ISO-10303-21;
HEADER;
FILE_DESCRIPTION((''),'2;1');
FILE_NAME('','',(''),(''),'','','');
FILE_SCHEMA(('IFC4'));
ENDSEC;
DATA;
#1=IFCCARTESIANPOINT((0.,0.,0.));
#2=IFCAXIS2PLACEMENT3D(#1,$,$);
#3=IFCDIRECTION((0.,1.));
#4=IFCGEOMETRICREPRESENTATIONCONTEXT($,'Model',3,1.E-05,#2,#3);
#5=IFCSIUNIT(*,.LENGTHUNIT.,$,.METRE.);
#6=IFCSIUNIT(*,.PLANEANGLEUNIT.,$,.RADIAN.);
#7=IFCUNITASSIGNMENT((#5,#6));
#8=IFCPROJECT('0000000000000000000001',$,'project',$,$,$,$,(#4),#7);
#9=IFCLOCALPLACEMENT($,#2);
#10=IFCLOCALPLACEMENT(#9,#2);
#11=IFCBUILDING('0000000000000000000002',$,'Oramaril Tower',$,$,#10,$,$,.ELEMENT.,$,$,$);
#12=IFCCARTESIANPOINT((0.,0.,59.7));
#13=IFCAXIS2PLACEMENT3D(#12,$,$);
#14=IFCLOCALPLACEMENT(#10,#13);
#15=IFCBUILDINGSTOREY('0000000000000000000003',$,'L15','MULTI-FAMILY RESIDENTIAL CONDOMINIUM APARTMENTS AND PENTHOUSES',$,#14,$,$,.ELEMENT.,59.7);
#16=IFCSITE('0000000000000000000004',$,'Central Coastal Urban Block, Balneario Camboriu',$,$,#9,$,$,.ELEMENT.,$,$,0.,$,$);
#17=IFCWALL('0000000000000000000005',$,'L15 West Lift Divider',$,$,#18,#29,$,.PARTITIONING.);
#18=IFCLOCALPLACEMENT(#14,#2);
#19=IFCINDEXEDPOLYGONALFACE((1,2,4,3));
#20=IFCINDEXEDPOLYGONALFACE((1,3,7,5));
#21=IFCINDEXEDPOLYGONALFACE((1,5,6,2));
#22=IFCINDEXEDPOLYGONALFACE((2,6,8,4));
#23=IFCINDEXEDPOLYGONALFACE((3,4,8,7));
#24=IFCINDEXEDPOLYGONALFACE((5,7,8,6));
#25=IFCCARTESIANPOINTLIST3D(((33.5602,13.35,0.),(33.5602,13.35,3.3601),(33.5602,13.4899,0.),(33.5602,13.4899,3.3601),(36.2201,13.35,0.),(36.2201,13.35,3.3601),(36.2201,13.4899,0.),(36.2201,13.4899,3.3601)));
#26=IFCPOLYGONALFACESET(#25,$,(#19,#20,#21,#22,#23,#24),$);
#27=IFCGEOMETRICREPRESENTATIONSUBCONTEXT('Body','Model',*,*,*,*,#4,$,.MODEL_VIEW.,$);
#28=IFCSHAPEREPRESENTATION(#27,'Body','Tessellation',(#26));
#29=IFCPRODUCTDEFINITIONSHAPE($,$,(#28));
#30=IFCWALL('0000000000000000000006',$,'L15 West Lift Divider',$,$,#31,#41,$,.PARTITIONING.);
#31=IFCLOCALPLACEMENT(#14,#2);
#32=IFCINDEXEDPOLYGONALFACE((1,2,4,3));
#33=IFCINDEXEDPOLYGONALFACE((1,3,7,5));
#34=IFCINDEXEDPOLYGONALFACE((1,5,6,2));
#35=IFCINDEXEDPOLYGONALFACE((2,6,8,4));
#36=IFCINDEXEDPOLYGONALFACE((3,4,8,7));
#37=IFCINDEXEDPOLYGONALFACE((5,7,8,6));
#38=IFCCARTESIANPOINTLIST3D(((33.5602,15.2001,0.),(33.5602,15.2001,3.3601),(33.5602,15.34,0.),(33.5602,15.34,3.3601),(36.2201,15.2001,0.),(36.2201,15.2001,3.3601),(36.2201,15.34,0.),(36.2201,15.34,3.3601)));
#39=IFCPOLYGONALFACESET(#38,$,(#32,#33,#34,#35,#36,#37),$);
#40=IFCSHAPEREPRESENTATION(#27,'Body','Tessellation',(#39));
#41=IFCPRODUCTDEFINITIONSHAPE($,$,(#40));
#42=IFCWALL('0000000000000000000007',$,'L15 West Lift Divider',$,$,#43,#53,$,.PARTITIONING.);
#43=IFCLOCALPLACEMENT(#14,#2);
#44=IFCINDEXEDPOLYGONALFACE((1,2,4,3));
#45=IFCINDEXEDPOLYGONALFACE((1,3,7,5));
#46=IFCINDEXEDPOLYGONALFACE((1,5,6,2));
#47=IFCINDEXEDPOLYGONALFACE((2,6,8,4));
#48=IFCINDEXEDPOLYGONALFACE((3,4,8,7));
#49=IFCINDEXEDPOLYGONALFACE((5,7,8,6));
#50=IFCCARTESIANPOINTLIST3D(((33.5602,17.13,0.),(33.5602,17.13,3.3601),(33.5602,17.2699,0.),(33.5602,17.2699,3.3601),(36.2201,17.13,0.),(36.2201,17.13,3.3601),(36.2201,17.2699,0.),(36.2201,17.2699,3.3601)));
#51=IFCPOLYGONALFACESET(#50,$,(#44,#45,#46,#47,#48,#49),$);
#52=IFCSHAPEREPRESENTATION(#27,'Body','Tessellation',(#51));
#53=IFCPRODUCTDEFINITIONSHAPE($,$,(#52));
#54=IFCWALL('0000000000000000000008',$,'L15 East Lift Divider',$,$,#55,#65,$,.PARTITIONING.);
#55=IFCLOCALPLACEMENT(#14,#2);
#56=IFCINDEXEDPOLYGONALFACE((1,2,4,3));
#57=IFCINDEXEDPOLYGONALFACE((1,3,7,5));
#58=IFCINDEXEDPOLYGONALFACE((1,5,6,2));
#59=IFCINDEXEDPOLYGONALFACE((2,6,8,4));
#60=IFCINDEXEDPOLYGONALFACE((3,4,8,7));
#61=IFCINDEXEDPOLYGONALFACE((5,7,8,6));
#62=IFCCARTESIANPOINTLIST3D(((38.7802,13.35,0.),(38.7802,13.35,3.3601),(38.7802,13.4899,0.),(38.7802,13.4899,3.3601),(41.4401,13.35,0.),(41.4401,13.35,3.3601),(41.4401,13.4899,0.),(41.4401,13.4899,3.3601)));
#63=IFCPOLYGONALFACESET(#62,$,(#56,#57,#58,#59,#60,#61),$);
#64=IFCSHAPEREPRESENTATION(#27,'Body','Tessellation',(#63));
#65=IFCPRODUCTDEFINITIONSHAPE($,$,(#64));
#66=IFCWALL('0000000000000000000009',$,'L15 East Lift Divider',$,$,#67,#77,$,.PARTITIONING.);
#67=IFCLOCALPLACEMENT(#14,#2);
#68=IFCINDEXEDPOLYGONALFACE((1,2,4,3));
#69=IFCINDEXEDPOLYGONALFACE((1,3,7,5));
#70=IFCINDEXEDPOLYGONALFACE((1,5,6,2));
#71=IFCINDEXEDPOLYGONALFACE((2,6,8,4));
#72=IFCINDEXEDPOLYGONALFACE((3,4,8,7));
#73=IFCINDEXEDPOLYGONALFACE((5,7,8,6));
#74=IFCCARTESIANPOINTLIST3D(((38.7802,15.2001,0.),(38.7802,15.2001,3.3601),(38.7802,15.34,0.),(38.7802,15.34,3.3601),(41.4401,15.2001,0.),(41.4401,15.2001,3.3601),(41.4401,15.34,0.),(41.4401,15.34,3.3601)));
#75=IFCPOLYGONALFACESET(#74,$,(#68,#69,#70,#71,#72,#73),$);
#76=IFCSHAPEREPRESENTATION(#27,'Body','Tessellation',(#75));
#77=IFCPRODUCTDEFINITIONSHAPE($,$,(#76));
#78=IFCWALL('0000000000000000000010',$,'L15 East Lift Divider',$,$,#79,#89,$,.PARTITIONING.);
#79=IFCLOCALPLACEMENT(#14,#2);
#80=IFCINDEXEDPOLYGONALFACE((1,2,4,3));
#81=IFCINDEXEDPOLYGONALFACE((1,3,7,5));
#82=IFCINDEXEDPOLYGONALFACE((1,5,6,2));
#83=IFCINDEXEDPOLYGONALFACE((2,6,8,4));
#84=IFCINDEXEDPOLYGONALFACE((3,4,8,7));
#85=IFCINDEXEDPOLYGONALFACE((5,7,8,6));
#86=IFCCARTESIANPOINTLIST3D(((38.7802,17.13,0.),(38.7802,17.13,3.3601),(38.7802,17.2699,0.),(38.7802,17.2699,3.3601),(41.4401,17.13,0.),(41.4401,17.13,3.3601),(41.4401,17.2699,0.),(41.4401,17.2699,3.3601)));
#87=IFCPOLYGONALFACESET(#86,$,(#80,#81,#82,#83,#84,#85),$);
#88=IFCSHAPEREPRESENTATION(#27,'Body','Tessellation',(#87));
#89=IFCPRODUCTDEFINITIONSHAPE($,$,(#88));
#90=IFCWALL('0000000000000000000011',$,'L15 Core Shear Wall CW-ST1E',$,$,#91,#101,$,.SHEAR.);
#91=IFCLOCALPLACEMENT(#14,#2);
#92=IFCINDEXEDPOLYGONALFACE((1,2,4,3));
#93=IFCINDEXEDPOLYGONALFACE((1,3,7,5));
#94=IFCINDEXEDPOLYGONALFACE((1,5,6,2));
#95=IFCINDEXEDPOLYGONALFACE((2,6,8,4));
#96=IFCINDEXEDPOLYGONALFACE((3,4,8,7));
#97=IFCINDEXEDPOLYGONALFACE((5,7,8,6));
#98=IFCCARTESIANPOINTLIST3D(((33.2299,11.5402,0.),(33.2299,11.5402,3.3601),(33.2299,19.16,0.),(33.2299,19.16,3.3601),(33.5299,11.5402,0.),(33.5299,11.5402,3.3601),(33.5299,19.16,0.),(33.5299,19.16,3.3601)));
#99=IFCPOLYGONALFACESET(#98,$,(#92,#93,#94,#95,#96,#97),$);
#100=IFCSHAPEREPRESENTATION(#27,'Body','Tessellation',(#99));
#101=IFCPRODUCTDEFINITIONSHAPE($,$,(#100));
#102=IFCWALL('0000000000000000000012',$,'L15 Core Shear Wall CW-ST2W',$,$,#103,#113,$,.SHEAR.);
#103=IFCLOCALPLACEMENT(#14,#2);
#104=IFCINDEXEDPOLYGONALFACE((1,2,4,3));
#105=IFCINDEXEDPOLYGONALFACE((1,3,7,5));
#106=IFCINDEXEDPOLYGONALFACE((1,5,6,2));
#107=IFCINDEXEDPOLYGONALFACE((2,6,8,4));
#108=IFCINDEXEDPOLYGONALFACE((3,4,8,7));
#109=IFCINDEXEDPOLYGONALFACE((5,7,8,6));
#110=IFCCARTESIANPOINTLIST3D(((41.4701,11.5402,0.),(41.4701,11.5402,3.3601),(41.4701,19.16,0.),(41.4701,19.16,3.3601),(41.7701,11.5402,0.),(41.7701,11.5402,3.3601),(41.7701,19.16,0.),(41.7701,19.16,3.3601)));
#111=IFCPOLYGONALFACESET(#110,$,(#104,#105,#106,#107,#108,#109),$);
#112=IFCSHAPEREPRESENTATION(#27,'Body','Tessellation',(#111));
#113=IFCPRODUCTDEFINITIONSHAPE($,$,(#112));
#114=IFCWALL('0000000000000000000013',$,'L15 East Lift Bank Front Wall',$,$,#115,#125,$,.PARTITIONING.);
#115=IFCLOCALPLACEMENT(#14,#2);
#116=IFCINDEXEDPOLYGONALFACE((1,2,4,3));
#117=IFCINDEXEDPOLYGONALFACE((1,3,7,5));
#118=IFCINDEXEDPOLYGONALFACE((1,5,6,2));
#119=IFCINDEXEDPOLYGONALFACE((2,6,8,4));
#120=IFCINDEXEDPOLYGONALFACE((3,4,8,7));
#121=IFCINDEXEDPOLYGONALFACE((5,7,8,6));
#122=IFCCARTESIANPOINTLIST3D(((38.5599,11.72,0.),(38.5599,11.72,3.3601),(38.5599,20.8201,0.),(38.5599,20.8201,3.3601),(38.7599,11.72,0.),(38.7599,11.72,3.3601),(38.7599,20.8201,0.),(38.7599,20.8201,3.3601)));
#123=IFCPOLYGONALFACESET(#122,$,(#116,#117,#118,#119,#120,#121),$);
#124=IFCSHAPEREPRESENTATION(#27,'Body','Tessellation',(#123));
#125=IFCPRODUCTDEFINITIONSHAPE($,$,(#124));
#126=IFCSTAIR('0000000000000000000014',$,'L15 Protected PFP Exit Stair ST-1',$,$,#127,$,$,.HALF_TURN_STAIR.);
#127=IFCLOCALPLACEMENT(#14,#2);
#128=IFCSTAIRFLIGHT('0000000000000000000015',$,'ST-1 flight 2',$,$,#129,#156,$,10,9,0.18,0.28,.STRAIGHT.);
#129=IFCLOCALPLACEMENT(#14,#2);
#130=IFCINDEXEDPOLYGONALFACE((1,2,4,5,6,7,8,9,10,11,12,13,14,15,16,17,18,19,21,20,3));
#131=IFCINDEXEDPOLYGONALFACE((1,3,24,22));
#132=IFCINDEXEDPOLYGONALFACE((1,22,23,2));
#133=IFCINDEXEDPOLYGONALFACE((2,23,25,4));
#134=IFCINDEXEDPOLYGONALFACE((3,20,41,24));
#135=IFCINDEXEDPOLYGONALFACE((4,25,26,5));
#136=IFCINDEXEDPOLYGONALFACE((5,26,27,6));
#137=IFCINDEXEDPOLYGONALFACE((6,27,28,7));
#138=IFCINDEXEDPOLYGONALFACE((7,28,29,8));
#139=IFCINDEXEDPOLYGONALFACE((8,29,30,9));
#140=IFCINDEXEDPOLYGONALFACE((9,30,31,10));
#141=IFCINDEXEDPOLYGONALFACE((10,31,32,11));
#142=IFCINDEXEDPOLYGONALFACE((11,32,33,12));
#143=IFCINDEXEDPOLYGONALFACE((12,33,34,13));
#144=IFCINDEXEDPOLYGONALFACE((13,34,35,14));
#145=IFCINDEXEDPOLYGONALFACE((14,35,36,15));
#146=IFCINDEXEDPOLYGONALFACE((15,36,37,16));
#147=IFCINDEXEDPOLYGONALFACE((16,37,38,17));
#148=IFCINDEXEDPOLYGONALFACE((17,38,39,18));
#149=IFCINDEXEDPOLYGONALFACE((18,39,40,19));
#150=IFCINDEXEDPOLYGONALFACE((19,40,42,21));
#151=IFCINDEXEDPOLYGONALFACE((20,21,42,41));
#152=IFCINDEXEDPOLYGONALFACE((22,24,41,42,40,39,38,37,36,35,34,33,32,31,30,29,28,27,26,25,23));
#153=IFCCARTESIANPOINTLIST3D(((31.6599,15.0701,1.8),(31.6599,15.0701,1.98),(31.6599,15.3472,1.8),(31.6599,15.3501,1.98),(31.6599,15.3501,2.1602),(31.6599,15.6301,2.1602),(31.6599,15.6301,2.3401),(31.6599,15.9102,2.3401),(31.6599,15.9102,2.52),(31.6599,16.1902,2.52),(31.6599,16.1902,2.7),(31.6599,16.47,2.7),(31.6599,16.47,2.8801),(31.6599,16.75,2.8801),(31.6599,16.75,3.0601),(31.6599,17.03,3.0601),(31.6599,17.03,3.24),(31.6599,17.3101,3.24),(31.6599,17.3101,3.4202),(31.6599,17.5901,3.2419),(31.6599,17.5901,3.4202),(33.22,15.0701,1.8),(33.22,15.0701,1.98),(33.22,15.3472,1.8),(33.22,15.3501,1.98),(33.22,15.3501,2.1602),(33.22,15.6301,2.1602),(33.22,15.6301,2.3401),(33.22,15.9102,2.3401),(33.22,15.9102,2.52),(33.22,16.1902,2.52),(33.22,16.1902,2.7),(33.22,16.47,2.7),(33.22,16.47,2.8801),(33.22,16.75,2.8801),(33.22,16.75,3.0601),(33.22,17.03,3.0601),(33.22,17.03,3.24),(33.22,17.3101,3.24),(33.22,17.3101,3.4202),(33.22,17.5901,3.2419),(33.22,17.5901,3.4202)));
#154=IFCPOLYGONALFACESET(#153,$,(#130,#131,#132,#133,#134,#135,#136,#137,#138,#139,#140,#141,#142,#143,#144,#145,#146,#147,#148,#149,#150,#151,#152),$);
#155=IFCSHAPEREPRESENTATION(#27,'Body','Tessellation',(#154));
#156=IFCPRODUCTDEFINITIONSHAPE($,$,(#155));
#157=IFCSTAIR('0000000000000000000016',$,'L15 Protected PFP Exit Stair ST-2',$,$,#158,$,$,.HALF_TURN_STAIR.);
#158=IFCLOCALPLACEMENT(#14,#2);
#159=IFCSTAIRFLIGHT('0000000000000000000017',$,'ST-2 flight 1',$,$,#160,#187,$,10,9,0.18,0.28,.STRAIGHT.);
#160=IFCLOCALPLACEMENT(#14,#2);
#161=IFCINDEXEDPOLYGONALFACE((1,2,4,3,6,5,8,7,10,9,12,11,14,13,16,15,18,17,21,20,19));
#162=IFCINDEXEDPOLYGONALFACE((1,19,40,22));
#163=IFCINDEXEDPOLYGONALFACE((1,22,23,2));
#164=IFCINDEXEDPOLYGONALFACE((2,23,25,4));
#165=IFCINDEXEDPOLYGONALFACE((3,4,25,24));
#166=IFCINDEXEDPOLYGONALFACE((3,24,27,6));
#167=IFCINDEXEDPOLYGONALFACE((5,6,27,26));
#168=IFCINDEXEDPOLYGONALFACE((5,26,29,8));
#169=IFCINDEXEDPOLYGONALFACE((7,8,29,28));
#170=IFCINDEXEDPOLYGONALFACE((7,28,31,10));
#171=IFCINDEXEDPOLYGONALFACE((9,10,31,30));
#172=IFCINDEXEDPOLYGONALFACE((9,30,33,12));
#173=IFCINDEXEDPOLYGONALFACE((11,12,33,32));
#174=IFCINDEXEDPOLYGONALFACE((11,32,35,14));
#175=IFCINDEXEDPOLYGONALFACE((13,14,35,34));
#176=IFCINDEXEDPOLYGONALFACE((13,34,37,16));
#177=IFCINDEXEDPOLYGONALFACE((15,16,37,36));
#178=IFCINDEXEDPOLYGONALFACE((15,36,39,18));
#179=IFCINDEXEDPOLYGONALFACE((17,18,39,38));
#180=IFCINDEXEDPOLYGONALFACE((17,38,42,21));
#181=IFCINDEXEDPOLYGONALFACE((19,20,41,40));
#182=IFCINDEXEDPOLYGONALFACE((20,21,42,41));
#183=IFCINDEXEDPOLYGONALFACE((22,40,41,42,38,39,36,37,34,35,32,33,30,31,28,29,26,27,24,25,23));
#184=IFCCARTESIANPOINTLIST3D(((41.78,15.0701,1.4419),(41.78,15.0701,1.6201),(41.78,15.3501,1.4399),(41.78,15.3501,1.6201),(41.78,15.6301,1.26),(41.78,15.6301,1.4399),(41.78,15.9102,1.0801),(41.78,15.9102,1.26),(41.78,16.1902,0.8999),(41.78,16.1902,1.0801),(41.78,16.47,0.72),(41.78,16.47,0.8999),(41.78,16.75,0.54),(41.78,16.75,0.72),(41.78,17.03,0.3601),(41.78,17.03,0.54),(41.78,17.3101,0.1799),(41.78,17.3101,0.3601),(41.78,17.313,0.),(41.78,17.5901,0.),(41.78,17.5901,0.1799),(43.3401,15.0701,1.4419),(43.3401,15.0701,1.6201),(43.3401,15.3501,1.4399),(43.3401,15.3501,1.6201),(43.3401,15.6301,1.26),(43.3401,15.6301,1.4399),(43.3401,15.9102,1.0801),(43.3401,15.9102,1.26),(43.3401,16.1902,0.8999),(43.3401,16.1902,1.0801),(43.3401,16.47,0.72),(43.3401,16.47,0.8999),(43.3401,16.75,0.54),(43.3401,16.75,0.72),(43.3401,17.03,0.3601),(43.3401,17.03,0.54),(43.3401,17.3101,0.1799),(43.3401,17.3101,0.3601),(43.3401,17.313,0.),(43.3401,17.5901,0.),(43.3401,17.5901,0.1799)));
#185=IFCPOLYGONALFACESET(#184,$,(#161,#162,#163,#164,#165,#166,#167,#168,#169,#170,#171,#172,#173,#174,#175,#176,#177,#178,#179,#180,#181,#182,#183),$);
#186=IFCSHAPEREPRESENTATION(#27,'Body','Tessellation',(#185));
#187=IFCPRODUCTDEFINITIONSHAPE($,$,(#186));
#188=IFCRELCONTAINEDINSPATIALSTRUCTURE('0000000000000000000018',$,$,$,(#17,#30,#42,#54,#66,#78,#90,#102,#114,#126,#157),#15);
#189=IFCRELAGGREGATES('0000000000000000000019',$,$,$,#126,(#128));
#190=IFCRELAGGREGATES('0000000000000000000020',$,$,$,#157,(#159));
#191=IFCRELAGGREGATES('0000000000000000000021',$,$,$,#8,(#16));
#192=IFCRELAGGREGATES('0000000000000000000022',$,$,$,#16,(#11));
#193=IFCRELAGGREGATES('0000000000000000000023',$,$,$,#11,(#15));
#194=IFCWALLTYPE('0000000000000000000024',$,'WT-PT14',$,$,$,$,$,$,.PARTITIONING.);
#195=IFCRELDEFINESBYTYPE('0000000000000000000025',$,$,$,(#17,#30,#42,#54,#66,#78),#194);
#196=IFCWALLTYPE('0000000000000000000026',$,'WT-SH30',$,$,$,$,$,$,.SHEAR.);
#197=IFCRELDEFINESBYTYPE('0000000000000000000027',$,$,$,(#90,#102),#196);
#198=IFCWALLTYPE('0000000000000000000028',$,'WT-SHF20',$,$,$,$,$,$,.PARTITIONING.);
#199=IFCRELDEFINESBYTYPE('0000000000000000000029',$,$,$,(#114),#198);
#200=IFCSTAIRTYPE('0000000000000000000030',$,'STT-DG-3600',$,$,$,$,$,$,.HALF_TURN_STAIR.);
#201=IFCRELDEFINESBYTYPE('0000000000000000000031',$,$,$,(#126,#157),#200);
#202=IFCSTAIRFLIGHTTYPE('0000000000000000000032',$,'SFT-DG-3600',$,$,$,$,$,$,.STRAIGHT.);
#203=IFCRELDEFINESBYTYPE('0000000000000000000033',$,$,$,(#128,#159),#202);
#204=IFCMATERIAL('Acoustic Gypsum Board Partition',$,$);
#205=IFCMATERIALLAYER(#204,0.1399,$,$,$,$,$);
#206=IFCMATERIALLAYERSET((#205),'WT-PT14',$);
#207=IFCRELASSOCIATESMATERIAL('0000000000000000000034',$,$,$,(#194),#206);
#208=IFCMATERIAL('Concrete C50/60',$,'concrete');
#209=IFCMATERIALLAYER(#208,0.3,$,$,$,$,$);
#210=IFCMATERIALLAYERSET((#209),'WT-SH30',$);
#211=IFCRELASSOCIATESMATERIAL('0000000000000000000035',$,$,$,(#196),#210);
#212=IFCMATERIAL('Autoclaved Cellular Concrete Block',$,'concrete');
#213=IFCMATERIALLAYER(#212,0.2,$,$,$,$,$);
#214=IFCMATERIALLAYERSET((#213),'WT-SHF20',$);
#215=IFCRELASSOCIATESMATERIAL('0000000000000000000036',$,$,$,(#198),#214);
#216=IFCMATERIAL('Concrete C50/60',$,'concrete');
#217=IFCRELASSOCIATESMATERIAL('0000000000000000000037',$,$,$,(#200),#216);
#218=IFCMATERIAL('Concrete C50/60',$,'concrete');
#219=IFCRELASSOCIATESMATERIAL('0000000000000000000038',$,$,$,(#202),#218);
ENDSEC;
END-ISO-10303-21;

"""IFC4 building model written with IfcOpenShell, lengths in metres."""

from ifc_helpers import new_model, si_unit, direction, frame, frame_2d, origin, place, context, subcontext, project, spatial, polyline, rectangle, outline, extrude, material, layer, layer_set, type_object, element, aggregate, save


model = new_model("IFC4")

# Units and contexts
model_context = context("Model", 3, precision=1e-05, world=origin(), true_north=direction((0.0, 1.0)))
body_context = subcontext(model_context, "Body", "Model", "MODEL_VIEW")
ifc_project = project(units=[si_unit("LENGTHUNIT", "METRE"), si_unit("PLANEANGLEUNIT", "RADIAN")], contexts=[model_context])

# Site, building, storey
site_placement = place(None, origin())
site = spatial("IfcSite", under=ifc_project, at=site_placement, Name="Central Coastal Urban Block, Balneario Camboriu", CompositionType="ELEMENT", RefElevation=0.0)
building_placement = place(site_placement, origin())
building = spatial("IfcBuilding", under=site, at=building_placement, Name="Oramaril Tower", CompositionType="ELEMENT")
storey_placement = place(building_placement, frame((0.0, 0.0, 59.7)))
storey = spatial("IfcBuildingStorey", under=building, at=storey_placement, Name="L15", Description="MULTI-FAMILY RESIDENTIAL CONDOMINIUM APARTMENTS AND PENTHOUSES", CompositionType="ELEMENT", Elevation=59.7)

# Walls
ifc_material_1 = material(Name="Acoustic Gypsum Board Partition")
ifc_layer_1 = layer(ifc_material_1, 0.1399)
ifc_layer_set_1 = layer_set([ifc_layer_1], Name="WT-PT14")
wall_type_1 = type_object("IfcWallType", Name="WT-PT14", PredefinedType="PARTITIONING", material=ifc_layer_set_1)
for number, where, z_axis, x_axis, name in (
    (1, (33.5601, 13.4199, 0.0), (0.0, 0.0, 1.0), (1.0, 0.0, 0.0), "L15 West Lift Divider"),
    (2, (33.5601, 15.27, 0.0), (0.0, 0.0, 1.0), (1.0, 0.0, 0.0), "L15 West Lift Divider"),
    (3, (33.5601, 17.2, 0.0), (0.0, 0.0, 1.0), (1.0, 0.0, 0.0), "L15 West Lift Divider"),
    (4, (38.78, 13.4199, 0.0), (0.0, 0.0, 1.0), (1.0, 0.0, 0.0), "L15 East Lift Divider"),
    (5, (38.78, 15.27, 0.0), (0.0, 0.0, 1.0), (1.0, 0.0, 0.0), "L15 East Lift Divider"),
    (6, (38.78, 17.2, 0.0), (0.0, 0.0, 1.0), (1.0, 0.0, 0.0), "L15 East Lift Divider"),
):
    element("IfcWall", number, at=place(storey_placement, frame(where, z_axis=z_axis, x_axis=x_axis)), inside=storey, type_object=wall_type_1, Name=name, PredefinedType="PARTITIONING", context=body_context, shape_type="SweptSolid", body=[
        extrude(rectangle(XDim=2.6599, YDim=0.1399, at=frame_2d((1.3301, 0.0))), origin(), (0.0, 0.0, 1.0), 3.3601),
    ])
ifc_material_2 = material(Name="Concrete C50/60", Category="concrete")
ifc_layer_2 = layer(ifc_material_2, 0.3)
ifc_layer_set_2 = layer_set([ifc_layer_2], Name="WT-SH30")
wall_type_2 = type_object("IfcWallType", Name="WT-SH30", PredefinedType="SHEAR", material=ifc_layer_set_2)
for number, where, z_axis, x_axis, name in (
    (7, (33.3799, 11.54, 0.0), (0.0, 0.0, 1.0), (0.0, 1.0, 0.0), "L15 Core Shear Wall CW-ST1E"),
    (8, (41.6201, 11.54, 0.0), (0.0, 0.0, 1.0), (0.0, 1.0, 0.0), "L15 Core Shear Wall CW-ST2W"),
):
    element("IfcWall", number, at=place(storey_placement, frame(where, z_axis=z_axis, x_axis=x_axis)), inside=storey, type_object=wall_type_2, Name=name, PredefinedType="SHEAR", context=body_context, shape_type="SweptSolid", body=[
        extrude(rectangle(XDim=7.6199, YDim=0.3, at=frame_2d((3.8101, 0.0))), origin(), (0.0, 0.0, 1.0), 3.3601),
    ])

# Shared definitions
ifc_material_3 = material(Name="Autoclaved Cellular Concrete Block", Category="concrete")
ifc_layer_3 = layer(ifc_material_3, 0.2)
ifc_layer_set_3 = layer_set([ifc_layer_3], Name="WT-SHF20")
wall_type_3 = type_object("IfcWallType", Name="WT-SHF20", PredefinedType="PARTITIONING", material=ifc_layer_set_3)

# Wall
wall_1_placement = place(storey_placement, frame((38.6599, 11.72, 0.0), z_axis=(0.0, 0.0, 1.0), x_axis=(0.0, 1.0, 0.0)))
element("IfcWall", 9, at=wall_1_placement, inside=storey, type_object=wall_type_3, Name="L15 East Lift Bank Front Wall", PredefinedType="PARTITIONING", context=body_context, shape_type="SweptSolid", body=[
    extrude(rectangle(XDim=9.1001, YDim=0.2, at=frame_2d((4.55, 0.0))), origin(), (0.0, 0.0, 1.0), 3.3601),
])

# Stair, stair flight
ifc_material_4 = material(Name="Concrete C50/60", Category="concrete")
stair_type = type_object("IfcStairType", Name="STT-DG-3600", PredefinedType="HALF_TURN_STAIR", material=ifc_material_4)
stair_1_placement = place(storey_placement, origin())
stair_1 = element("IfcStair", 10, at=stair_1_placement, inside=storey, type_object=stair_type, Name="L15 Protected PFP Exit Stair ST-1", PredefinedType="HALF_TURN_STAIR")
ifc_material_5 = material(Name="Concrete C50/60", Category="concrete")
stair_flight_type = type_object("IfcStairFlightType", Name="SFT-DG-3600", PredefinedType="STRAIGHT", material=ifc_material_5)
stair_flight_1_placement = place(storey_placement, frame((32.4399, 15.0701, 1.8), z_axis=(0.0, 0.0, 1.0), x_axis=(0.0, 1.0, 0.0)))
stair_flight_1 = element("IfcStairFlight", 11, at=stair_flight_1_placement, type_object=stair_flight_type, Name="ST-1 flight 2", NumberOfRisers=10, NumberOfTreads=9, PredefinedType="STRAIGHT", RiserHeight=0.18, TreadLength=0.28, context=body_context, shape_type="SweptSolid", body=[
    extrude(outline(polyline([(0.0, 0.0), (0.0, 0.1799), (0.28, 0.1799), (0.28, 0.3601), (0.5601, 0.3601), (0.5601, 0.54), (0.8401, 0.54), (0.8401, 0.72), (1.1201, 0.72), (1.1201, 0.8999), (1.3999, 0.8999), (1.3999, 1.0801), (1.6799, 1.0801), (1.6799, 1.26), (1.96, 1.26), (1.96, 1.4399), (2.24, 1.4399), (2.24, 1.6201), (2.52, 1.6201), (2.52, 1.8), (2.52, 1.4419), (0.2771, 0.0), (0.0, 0.0)])), frame((0.0, 0.78, 0.0), z_axis=(0.0, -1.0, 0.0), x_axis=(1.0, 0.0, 0.0)), (0.0, 0.0, 1.0), 1.5601),
])
aggregate(stair_1, [stair_flight_1])

# Stair, stair flight
stair_2_placement = place(storey_placement, origin())
stair_2 = element("IfcStair", 12, at=stair_2_placement, inside=storey, type_object=stair_type, Name="L15 Protected PFP Exit Stair ST-2", PredefinedType="HALF_TURN_STAIR")
stair_flight_2_placement = place(storey_placement, frame((42.5601, 17.5901, 0.0), z_axis=(0.0, 0.0, 1.0), x_axis=(0.0, -1.0, 0.0)))
stair_flight_2 = element("IfcStairFlight", 13, at=stair_flight_2_placement, type_object=stair_flight_type, Name="ST-2 flight 1", NumberOfRisers=10, NumberOfTreads=9, PredefinedType="STRAIGHT", RiserHeight=0.18, TreadLength=0.28, context=body_context, shape_type="SweptSolid", body=[
    extrude(outline(polyline([(0.0, 0.0), (0.0, 0.1799), (0.28, 0.1799), (0.28, 0.3601), (0.5601, 0.3601), (0.5601, 0.54), (0.8401, 0.54), (0.8401, 0.72), (1.1201, 0.72), (1.1201, 0.8999), (1.3999, 0.8999), (1.3999, 1.0801), (1.6799, 1.0801), (1.6799, 1.26), (1.96, 1.26), (1.96, 1.4399), (2.24, 1.4399), (2.24, 1.6201), (2.52, 1.6201), (2.52, 1.8), (2.52, 1.4419), (0.2771, 0.0), (0.0, 0.0)])), frame((0.0, 0.78, 0.0), z_axis=(0.0, -1.0, 0.0), x_axis=(1.0, 0.0, 0.0)), (0.0, 0.0, 1.0), 1.5601),
])
aggregate(stair_2, [stair_flight_2])

save(model, "model.ifc")
